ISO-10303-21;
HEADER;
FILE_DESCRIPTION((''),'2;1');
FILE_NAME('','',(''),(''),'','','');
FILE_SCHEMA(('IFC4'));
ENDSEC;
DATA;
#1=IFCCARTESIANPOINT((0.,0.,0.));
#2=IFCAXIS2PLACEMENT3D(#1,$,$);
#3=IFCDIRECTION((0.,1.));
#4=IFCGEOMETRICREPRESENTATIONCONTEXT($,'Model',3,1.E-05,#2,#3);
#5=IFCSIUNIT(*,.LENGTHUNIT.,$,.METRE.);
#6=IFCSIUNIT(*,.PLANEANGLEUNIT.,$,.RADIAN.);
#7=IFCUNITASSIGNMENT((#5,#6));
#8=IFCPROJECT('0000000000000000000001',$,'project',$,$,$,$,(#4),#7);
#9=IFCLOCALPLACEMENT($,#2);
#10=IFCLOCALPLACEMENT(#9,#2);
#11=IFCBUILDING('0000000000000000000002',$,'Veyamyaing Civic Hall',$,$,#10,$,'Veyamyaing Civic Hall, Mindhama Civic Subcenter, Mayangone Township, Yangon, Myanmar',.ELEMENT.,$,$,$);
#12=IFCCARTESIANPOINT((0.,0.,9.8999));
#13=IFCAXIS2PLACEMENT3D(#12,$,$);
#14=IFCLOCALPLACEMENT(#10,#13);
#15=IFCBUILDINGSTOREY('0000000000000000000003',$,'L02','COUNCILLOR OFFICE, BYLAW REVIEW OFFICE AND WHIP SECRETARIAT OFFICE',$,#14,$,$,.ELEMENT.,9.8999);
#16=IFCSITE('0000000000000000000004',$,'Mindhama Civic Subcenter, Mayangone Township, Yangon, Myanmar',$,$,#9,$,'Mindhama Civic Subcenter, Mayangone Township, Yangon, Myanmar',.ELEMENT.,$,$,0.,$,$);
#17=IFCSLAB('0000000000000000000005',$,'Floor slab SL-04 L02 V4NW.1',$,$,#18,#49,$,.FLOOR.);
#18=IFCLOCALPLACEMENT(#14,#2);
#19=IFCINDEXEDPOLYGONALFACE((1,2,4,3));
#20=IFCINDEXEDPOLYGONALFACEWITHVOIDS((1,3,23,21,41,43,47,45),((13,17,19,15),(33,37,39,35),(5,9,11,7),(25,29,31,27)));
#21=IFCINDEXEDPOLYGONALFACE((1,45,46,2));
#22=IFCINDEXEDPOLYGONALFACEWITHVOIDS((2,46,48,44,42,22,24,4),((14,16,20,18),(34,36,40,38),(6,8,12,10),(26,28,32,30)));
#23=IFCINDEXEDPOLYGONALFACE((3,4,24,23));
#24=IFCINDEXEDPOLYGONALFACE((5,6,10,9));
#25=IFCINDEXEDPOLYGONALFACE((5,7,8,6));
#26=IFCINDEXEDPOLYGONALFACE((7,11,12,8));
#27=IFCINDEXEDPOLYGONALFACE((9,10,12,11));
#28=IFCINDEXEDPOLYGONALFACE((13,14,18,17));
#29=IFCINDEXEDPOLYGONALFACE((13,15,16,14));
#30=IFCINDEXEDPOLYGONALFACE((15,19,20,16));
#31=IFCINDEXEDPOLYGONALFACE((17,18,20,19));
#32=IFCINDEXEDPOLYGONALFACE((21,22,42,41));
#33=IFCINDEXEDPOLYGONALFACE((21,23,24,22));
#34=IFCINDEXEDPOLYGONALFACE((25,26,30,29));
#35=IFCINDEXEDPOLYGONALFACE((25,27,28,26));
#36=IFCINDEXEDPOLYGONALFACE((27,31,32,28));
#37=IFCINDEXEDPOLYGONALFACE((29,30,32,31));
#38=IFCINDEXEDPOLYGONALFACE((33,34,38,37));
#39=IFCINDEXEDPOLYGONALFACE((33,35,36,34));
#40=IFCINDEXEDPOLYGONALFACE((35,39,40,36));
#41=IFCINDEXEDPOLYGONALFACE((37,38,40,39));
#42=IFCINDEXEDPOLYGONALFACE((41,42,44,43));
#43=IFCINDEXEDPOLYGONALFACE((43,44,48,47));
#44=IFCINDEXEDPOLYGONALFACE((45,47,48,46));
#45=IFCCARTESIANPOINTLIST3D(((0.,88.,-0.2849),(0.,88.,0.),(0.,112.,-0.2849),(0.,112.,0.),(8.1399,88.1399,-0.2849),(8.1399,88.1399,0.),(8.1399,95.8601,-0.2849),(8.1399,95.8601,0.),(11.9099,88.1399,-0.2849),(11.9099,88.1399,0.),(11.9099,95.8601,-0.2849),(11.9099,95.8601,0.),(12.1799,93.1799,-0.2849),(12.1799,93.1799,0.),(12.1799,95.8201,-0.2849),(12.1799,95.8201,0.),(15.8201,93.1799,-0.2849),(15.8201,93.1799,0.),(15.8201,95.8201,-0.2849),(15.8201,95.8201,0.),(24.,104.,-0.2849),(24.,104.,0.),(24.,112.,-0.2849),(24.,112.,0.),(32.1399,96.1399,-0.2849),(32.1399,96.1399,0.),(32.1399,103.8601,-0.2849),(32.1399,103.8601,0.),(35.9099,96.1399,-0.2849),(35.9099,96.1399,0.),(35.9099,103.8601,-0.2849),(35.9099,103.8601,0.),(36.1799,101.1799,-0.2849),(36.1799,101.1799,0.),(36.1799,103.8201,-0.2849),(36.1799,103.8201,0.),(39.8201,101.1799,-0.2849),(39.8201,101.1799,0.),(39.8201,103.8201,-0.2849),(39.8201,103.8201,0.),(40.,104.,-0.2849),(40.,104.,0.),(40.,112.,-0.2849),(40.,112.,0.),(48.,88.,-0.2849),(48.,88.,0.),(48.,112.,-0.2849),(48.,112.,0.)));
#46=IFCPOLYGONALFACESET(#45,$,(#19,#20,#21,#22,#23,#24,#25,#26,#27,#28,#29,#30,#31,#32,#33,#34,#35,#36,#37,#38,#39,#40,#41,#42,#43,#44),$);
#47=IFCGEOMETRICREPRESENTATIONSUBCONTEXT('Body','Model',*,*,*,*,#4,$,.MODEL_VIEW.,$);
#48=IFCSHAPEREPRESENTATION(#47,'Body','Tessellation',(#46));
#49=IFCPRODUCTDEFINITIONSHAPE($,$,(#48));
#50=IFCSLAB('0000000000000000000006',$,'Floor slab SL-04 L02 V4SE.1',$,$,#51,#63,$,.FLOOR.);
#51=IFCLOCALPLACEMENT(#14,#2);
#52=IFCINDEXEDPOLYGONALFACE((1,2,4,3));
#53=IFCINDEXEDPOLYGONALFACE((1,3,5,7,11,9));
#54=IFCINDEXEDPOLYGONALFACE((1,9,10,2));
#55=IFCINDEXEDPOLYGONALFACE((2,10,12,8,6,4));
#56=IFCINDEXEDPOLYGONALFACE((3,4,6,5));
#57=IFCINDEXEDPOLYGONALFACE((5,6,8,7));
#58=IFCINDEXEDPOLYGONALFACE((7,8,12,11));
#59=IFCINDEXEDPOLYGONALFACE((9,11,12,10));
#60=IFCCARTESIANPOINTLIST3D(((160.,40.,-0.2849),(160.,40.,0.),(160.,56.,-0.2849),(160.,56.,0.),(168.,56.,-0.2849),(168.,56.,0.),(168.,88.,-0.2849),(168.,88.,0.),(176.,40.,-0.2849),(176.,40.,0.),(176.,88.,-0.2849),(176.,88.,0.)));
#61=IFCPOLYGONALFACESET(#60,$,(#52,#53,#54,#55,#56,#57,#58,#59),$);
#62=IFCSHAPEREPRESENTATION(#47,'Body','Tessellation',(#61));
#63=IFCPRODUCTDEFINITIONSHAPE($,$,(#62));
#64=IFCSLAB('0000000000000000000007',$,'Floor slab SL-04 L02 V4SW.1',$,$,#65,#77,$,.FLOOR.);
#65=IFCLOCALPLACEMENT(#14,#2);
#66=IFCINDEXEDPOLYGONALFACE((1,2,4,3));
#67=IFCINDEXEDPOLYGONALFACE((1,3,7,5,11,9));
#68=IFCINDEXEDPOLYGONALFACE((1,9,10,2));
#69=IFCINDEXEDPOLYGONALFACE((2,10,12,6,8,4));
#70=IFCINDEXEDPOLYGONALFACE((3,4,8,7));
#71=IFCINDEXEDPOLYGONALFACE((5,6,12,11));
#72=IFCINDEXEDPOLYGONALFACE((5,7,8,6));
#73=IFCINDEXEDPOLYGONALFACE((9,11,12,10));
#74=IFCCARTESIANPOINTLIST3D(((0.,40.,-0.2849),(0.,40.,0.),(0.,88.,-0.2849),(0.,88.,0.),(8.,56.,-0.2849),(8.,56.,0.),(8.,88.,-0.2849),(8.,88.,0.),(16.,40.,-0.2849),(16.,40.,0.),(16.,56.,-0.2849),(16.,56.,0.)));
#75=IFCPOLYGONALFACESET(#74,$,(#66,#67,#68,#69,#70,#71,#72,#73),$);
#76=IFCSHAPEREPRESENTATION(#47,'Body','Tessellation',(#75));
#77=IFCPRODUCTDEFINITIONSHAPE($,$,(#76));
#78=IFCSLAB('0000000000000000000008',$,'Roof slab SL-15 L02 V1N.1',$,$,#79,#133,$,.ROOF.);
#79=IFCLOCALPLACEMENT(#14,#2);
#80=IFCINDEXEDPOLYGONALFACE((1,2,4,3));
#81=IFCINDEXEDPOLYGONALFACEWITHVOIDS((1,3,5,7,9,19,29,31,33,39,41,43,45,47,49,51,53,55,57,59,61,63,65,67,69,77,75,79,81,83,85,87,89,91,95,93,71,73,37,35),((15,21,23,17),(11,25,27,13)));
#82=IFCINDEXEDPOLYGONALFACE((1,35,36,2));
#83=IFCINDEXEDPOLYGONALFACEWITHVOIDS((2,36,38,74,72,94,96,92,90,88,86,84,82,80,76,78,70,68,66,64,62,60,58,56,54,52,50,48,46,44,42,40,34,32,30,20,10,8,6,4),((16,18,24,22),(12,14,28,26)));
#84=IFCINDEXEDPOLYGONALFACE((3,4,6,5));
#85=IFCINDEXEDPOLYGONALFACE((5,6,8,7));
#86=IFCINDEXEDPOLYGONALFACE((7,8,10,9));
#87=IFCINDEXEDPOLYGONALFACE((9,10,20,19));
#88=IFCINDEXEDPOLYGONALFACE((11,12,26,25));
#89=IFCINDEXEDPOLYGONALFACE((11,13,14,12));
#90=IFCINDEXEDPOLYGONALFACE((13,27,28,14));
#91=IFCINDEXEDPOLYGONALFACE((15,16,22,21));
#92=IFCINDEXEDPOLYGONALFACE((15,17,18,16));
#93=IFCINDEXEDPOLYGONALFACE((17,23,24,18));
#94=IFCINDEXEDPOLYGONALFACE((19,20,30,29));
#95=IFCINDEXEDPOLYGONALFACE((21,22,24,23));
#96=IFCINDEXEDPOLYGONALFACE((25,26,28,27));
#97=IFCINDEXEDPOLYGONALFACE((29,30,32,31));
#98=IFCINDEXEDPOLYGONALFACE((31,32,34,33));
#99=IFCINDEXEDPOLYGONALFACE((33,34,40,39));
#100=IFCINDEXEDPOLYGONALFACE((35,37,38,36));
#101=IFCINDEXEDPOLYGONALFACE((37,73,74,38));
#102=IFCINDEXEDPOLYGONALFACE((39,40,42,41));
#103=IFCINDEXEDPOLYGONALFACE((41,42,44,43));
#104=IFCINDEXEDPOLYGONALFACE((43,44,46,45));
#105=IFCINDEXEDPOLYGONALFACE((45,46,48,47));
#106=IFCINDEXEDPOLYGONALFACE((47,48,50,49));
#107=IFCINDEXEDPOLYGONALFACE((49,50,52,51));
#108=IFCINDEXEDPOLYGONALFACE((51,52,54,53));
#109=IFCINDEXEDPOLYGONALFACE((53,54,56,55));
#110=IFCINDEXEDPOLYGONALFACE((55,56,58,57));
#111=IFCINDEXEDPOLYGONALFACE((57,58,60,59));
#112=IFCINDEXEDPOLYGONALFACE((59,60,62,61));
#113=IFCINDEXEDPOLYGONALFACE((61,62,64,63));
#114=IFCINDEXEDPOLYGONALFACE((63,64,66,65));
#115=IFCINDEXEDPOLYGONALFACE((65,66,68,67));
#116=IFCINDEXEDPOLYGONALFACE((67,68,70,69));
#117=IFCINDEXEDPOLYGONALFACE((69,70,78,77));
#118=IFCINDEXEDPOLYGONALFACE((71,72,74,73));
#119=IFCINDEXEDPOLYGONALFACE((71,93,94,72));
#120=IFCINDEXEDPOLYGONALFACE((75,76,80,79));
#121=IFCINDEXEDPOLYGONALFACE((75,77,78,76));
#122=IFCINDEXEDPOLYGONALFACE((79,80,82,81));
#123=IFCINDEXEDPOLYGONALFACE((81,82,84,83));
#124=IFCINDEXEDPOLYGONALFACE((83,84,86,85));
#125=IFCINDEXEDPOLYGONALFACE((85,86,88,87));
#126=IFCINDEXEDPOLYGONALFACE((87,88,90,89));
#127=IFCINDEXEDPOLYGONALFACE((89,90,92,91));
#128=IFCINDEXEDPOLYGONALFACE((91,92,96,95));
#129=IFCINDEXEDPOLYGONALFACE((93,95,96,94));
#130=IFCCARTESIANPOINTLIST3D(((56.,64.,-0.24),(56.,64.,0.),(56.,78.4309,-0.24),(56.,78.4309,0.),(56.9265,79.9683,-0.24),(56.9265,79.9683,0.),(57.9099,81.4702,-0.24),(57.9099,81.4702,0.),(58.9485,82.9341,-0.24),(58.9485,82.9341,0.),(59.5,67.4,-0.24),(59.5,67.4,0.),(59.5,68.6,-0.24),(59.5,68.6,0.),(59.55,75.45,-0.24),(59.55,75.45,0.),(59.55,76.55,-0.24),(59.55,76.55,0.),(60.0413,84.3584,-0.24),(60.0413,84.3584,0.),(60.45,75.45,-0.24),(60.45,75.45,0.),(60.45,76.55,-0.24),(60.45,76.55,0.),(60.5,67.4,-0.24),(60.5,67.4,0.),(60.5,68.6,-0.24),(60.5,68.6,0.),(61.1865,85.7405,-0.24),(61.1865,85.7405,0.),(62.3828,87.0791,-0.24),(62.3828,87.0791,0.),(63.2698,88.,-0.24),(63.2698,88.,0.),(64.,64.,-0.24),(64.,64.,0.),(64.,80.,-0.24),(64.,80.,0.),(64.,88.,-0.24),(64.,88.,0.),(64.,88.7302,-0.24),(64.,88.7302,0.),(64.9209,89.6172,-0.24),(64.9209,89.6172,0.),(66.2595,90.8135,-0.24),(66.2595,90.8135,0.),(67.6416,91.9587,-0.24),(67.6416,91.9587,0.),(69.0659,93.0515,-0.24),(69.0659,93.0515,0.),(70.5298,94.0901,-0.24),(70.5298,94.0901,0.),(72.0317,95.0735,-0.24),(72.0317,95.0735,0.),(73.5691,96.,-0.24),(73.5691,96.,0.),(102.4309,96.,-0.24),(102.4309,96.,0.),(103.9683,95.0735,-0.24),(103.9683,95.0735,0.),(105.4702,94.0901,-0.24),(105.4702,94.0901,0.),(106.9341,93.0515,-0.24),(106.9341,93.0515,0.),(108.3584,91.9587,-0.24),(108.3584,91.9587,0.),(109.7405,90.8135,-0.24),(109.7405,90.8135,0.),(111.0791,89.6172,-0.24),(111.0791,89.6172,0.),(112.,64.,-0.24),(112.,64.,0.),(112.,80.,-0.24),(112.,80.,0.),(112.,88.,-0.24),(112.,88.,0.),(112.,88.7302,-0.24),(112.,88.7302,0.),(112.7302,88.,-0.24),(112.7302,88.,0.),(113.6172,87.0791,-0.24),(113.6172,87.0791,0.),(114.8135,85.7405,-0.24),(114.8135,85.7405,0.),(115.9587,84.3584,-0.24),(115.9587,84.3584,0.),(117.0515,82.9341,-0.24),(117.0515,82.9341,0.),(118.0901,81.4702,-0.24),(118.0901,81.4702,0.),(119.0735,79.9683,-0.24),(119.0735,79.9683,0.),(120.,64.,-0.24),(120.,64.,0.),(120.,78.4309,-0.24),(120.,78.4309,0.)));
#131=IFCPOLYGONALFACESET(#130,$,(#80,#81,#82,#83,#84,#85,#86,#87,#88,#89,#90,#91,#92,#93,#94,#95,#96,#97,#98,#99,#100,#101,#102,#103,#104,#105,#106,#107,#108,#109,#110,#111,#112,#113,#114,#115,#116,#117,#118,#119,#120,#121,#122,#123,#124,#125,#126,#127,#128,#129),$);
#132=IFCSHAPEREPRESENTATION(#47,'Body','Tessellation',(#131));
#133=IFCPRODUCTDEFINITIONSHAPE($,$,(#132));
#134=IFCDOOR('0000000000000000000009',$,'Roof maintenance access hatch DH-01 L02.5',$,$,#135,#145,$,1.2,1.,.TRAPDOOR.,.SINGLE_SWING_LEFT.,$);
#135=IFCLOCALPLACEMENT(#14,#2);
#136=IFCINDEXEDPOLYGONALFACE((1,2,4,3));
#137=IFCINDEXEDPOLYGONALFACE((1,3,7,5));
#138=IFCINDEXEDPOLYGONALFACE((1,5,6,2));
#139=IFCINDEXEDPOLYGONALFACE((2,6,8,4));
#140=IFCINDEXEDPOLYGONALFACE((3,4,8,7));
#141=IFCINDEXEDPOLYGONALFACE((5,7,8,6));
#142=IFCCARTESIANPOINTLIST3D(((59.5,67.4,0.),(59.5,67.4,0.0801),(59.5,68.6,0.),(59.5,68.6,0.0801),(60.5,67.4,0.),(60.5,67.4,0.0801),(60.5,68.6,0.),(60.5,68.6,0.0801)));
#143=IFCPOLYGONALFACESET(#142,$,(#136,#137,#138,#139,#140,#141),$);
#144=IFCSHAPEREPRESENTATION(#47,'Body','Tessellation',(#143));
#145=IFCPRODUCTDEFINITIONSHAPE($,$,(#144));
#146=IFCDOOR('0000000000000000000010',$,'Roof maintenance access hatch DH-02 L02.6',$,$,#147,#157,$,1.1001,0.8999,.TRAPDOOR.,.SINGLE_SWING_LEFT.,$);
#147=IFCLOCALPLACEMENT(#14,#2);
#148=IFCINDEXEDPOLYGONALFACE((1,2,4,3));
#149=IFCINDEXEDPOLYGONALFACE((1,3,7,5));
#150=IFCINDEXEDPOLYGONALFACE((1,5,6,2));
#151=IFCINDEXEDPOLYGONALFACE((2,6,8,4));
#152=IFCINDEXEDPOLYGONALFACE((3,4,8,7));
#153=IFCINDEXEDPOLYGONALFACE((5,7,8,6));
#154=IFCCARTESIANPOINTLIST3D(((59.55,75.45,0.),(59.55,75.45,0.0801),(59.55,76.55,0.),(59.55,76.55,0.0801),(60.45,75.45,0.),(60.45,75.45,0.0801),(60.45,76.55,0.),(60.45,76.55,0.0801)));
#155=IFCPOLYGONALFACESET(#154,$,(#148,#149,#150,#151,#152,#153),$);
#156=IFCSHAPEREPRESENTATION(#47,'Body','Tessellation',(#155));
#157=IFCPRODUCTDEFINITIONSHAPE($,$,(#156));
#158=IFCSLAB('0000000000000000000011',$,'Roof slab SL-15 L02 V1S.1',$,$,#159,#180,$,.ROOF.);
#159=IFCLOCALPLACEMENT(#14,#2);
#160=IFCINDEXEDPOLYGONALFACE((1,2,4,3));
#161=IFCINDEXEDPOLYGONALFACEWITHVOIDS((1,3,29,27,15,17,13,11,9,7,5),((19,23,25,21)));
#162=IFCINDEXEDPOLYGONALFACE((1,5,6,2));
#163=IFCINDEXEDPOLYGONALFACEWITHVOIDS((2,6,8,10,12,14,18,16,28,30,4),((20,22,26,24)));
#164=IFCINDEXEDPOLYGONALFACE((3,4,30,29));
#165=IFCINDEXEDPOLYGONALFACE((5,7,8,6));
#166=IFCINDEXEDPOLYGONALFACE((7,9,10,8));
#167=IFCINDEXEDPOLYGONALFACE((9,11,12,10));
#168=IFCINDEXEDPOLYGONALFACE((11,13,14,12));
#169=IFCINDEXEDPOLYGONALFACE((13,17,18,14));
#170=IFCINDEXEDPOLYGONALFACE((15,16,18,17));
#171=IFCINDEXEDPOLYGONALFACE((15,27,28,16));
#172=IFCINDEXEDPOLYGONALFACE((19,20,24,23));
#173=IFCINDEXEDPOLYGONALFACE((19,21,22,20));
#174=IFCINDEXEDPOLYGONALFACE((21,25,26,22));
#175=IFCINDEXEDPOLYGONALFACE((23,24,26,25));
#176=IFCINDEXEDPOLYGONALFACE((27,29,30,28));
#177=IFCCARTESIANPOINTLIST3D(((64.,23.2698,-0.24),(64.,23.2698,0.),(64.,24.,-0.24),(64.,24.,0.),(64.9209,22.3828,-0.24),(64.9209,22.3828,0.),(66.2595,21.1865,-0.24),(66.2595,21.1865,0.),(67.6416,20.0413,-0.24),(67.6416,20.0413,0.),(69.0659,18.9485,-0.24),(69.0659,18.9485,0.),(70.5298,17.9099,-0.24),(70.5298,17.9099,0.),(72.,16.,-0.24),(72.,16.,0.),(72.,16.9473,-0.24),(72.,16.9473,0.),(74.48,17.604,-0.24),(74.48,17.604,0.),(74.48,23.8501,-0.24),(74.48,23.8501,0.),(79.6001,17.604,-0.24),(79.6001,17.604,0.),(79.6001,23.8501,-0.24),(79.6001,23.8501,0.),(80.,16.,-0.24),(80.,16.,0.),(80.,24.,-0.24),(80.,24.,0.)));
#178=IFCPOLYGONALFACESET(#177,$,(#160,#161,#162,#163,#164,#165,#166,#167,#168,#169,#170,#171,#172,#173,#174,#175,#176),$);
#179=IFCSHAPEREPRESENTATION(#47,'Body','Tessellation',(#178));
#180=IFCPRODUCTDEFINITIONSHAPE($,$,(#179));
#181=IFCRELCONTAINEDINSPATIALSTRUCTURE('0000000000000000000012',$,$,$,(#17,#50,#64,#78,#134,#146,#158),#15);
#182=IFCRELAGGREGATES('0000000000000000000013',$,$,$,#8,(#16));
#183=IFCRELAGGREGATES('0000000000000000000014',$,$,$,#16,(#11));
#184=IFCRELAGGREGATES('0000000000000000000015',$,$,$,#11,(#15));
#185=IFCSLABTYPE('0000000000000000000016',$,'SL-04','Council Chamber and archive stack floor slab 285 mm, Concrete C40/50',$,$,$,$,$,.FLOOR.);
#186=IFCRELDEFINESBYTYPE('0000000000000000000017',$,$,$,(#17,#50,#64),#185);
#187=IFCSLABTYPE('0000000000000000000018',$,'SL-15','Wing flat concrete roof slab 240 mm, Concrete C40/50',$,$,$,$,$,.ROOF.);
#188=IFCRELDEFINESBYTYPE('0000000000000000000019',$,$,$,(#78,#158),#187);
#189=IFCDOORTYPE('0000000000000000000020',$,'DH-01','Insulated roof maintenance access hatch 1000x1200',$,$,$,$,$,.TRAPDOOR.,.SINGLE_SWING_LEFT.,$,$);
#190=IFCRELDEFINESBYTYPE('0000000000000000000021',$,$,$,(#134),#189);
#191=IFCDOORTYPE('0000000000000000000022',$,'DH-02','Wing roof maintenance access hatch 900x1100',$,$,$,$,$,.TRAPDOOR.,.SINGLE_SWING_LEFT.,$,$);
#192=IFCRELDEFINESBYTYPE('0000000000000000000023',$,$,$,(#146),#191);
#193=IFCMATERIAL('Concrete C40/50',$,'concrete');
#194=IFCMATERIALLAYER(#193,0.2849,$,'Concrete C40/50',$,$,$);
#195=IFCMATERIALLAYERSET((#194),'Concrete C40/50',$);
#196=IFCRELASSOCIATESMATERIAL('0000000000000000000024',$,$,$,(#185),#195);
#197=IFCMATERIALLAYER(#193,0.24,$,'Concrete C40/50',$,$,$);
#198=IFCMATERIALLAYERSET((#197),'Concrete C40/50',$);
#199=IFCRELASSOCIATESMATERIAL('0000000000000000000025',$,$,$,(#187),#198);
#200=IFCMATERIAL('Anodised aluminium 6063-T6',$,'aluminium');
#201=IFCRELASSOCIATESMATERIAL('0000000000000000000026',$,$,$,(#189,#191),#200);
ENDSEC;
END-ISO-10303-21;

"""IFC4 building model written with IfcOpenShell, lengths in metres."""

from ifc_helpers import new_model, si_unit, direction, frame, origin, origin_2d, place, context, subcontext, project, spatial, polyline, rectangle, outline, extrude, material, layer, layer_set, type_object, element, fill, save


model = new_model("IFC4")

# Units and contexts
model_context = context("Model", 3, precision=1e-05, world=origin(), true_north=direction((0.0, 1.0)))
body_context = subcontext(model_context, "Body", "Model", "MODEL_VIEW")
ifc_project = project(units=[si_unit("LENGTHUNIT", "METRE"), si_unit("PLANEANGLEUNIT", "RADIAN")], contexts=[model_context])

# Site, building, storey
site_placement = place(None, origin())
site = spatial("IfcSite", under=ifc_project, at=site_placement, Name="Mindhama Civic Subcenter, Mayangone Township, Yangon, Myanmar", LongName="Mindhama Civic Subcenter, Mayangone Township, Yangon, Myanmar", CompositionType="ELEMENT", RefElevation=0.0)
building_placement = place(site_placement, origin())
building = spatial("IfcBuilding", under=site, at=building_placement, Name="Veyamyaing Civic Hall", LongName="Veyamyaing Civic Hall, Mindhama Civic Subcenter, Mayangone Township, Yangon, Myanmar", CompositionType="ELEMENT")
storey_placement = place(building_placement, frame((0.0, 0.0, 9.8999)))
storey = spatial("IfcBuildingStorey", under=building, at=storey_placement, Name="L02", Description="COUNCILLOR OFFICE, BYLAW REVIEW OFFICE AND WHIP SECRETARIAT OFFICE", CompositionType="ELEMENT", Elevation=9.8999)

# Slabs
ifc_material_1 = material(Name="Concrete C40/50", Category="concrete")
ifc_layer_1 = layer(ifc_material_1, 0.2849, Name="Concrete C40/50")
ifc_layer_set_1 = layer_set([ifc_layer_1], Name="Concrete C40/50")
slab_type_1 = type_object("IfcSlabType", Name="SL-04", Description="Council Chamber and archive stack floor slab 285 mm, Concrete C40/50", PredefinedType="FLOOR", material=ifc_layer_set_1)
slab_1_placement = place(storey_placement, frame((0.0, 0.0, -0.2849)))
element("IfcSlab", 1, at=slab_1_placement, inside=storey, type_object=slab_type_1, Name="Floor slab SL-04 L02 V4NW.1", PredefinedType="FLOOR", context=body_context, shape_type="SweptSolid", body=[
    extrude(outline(polyline([(0.0, 112.0), (24.0, 112.0), (24.0, 104.0), (40.0, 104.0), (40.0, 112.0), (48.0, 112.0), (48.0, 88.0), (0.0, 88.0), (0.0, 112.0)]), holes=[polyline([(11.9099, 95.8601), (8.1399, 95.8601), (8.1399, 88.1399), (11.9099, 88.1399), (11.9099, 95.8601)]), polyline([(15.8201, 95.8201), (12.1799, 95.8201), (12.1799, 93.1799), (15.8201, 93.1799), (15.8201, 95.8201)]), polyline([(35.9099, 103.8601), (32.1399, 103.8601), (32.1399, 96.1399), (35.9099, 96.1399), (35.9099, 103.8601)]), polyline([(39.8201, 103.8201), (36.1799, 103.8201), (36.1799, 101.1799), (39.8201, 101.1799), (39.8201, 103.8201)])]), origin(), (0.0, 0.0, 1.0), 0.2849),
])
slab_2_placement = place(storey_placement, frame((0.0, 0.0, -0.2849)))
element("IfcSlab", 2, at=slab_2_placement, inside=storey, type_object=slab_type_1, Name="Floor slab SL-04 L02 V4SE.1", PredefinedType="FLOOR", context=body_context, shape_type="SweptSolid", body=[
    extrude(outline(polyline([(168.0, 56.0), (168.0, 88.0), (176.0, 88.0), (176.0, 40.0), (160.0, 40.0), (160.0, 56.0), (168.0, 56.0)])), origin(), (0.0, 0.0, 1.0), 0.2849),
])
slab_3_placement = place(storey_placement, frame((0.0, 0.0, -0.2849)))
element("IfcSlab", 3, at=slab_3_placement, inside=storey, type_object=slab_type_1, Name="Floor slab SL-04 L02 V4SW.1", PredefinedType="FLOOR", context=body_context, shape_type="SweptSolid", body=[
    extrude(outline(polyline([(0.0, 40.0), (0.0, 88.0), (8.0, 88.0), (8.0, 56.0), (16.0, 56.0), (16.0, 40.0), (0.0, 40.0)])), origin(), (0.0, 0.0, 1.0), 0.2849),
])

# Slab, openings, doors
ifc_layer_2 = layer(ifc_material_1, 0.24, Name="Concrete C40/50")
ifc_layer_set_2 = layer_set([ifc_layer_2], Name="Concrete C40/50")
slab_type_2 = type_object("IfcSlabType", Name="SL-15", Description="Wing flat concrete roof slab 240 mm, Concrete C40/50", PredefinedType="ROOF", material=ifc_layer_set_2)
slab_4_placement = place(storey_placement, frame((0.0, 0.0, -0.24)))
slab_4 = element("IfcSlab", 4, at=slab_4_placement, inside=storey, type_object=slab_type_2, Name="Roof slab SL-15 L02 V1N.1", PredefinedType="ROOF", context=body_context, shape_type="SweptSolid", body=[
    extrude(outline(polyline([(64.0, 88.0), (64.0, 88.7302), (64.9209, 89.6172), (66.2595, 90.8135), (67.6416, 91.9587), (69.0659, 93.0515), (70.5298, 94.0901), (72.0317, 95.0735), (73.5691, 96.0), (102.4309, 96.0), (103.9683, 95.0735), (105.4702, 94.0901), (106.9341, 93.0515), (108.3584, 91.9587), (109.7405, 90.8135), (111.0791, 89.6172), (112.0, 88.7302), (112.0, 88.0), (112.7302, 88.0), (113.6172, 87.0791), (114.8135, 85.7405), (115.9587, 84.3584), (117.0515, 82.9341), (118.0901, 81.4702), (119.0735, 79.9683), (120.0, 78.4309), (120.0, 64.0), (112.0, 64.0), (112.0, 80.0), (64.0, 80.0), (64.0, 64.0), (56.0, 64.0), (56.0, 78.4309), (56.9265, 79.9683), (57.9099, 81.4702), (58.9485, 82.9341), (60.0413, 84.3584), (61.1865, 85.7405), (62.3828, 87.0791), (63.2698, 88.0), (64.0, 88.0)])), origin(), (0.0, 0.0, 1.0), 0.24),
])
opening_1_placement = place(slab_4_placement, frame((60.0, 68.0, 0.0)))
opening_1 = element("IfcOpeningElement", 5, at=opening_1_placement, cuts=slab_4, PredefinedType="OPENING", context=body_context, shape_type="SweptSolid", body=[
    extrude(rectangle(XDim=1.0, YDim=1.2, at=origin_2d()), frame((0.0, 0.0, -0.01)), (0.0, 0.0, 1.0), 0.3401),
])
opening_2_placement = place(slab_4_placement, frame((60.0, 76.0, 0.0)))
opening_2 = element("IfcOpeningElement", 6, at=opening_2_placement, cuts=slab_4, PredefinedType="OPENING", context=body_context, shape_type="SweptSolid", body=[
    extrude(rectangle(XDim=0.8999, YDim=1.1001, at=origin_2d()), frame((0.0, 0.0, -0.01)), (0.0, 0.0, 1.0), 0.3401),
])
ifc_material_2 = material(Name="Anodised aluminium 6063-T6", Category="aluminium")
door_type_1 = type_object("IfcDoorType", Name="DH-01", Description="Insulated roof maintenance access hatch 1000x1200", OperationType="SINGLE_SWING_LEFT", PredefinedType="TRAPDOOR", material=ifc_material_2)
door_1_placement = place(opening_1_placement, frame((0.0, 0.0, 0.24)))
door_1 = element("IfcDoor", 7, at=door_1_placement, inside=storey, type_object=door_type_1, Name="Roof maintenance access hatch DH-01 L02.5", OperationType="SINGLE_SWING_LEFT", OverallHeight=1.2, OverallWidth=1.0, PredefinedType="TRAPDOOR", context=body_context, shape_type="SweptSolid", body=[
    extrude(rectangle(XDim=1.0, YDim=1.2, at=origin_2d()), origin(), (0.0, 0.0, 1.0), 0.0801),
])
fill(opening_1, door_1)
door_type_2 = type_object("IfcDoorType", Name="DH-02", Description="Wing roof maintenance access hatch 900x1100", OperationType="SINGLE_SWING_LEFT", PredefinedType="TRAPDOOR", material=ifc_material_2)
door_2_placement = place(opening_2_placement, frame((0.0, 0.0, 0.24)))
door_2 = element("IfcDoor", 8, at=door_2_placement, inside=storey, type_object=door_type_2, Name="Roof maintenance access hatch DH-02 L02.6", OperationType="SINGLE_SWING_LEFT", OverallHeight=1.1001, OverallWidth=0.8999, PredefinedType="TRAPDOOR", context=body_context, shape_type="SweptSolid", body=[
    extrude(rectangle(XDim=0.8999, YDim=1.1001, at=origin_2d()), origin(), (0.0, 0.0, 1.0), 0.0801),
])
fill(opening_2, door_2)

# Slab
slab_5_placement = place(storey_placement, frame((0.0, 0.0, -0.24)))
element("IfcSlab", 9, at=slab_5_placement, inside=storey, type_object=slab_type_2, Name="Roof slab SL-15 L02 V1S.1", PredefinedType="ROOF", context=body_context, shape_type="SweptSolid", body=[
    extrude(outline(polyline([(80.0, 16.0), (72.0, 16.0), (72.0, 16.9473), (70.5298, 17.9099), (69.0659, 18.9485), (67.6416, 20.0413), (66.2595, 21.1865), (64.9209, 22.3828), (64.0, 23.2698), (64.0, 24.0), (80.0, 24.0), (80.0, 16.0)]), holes=[polyline([(79.6001, 23.8501), (74.48, 23.8501), (74.48, 17.604), (79.6001, 17.604), (79.6001, 23.8501)])]), origin(), (0.0, 0.0, 1.0), 0.24),
])

save(model, "model.ifc")
